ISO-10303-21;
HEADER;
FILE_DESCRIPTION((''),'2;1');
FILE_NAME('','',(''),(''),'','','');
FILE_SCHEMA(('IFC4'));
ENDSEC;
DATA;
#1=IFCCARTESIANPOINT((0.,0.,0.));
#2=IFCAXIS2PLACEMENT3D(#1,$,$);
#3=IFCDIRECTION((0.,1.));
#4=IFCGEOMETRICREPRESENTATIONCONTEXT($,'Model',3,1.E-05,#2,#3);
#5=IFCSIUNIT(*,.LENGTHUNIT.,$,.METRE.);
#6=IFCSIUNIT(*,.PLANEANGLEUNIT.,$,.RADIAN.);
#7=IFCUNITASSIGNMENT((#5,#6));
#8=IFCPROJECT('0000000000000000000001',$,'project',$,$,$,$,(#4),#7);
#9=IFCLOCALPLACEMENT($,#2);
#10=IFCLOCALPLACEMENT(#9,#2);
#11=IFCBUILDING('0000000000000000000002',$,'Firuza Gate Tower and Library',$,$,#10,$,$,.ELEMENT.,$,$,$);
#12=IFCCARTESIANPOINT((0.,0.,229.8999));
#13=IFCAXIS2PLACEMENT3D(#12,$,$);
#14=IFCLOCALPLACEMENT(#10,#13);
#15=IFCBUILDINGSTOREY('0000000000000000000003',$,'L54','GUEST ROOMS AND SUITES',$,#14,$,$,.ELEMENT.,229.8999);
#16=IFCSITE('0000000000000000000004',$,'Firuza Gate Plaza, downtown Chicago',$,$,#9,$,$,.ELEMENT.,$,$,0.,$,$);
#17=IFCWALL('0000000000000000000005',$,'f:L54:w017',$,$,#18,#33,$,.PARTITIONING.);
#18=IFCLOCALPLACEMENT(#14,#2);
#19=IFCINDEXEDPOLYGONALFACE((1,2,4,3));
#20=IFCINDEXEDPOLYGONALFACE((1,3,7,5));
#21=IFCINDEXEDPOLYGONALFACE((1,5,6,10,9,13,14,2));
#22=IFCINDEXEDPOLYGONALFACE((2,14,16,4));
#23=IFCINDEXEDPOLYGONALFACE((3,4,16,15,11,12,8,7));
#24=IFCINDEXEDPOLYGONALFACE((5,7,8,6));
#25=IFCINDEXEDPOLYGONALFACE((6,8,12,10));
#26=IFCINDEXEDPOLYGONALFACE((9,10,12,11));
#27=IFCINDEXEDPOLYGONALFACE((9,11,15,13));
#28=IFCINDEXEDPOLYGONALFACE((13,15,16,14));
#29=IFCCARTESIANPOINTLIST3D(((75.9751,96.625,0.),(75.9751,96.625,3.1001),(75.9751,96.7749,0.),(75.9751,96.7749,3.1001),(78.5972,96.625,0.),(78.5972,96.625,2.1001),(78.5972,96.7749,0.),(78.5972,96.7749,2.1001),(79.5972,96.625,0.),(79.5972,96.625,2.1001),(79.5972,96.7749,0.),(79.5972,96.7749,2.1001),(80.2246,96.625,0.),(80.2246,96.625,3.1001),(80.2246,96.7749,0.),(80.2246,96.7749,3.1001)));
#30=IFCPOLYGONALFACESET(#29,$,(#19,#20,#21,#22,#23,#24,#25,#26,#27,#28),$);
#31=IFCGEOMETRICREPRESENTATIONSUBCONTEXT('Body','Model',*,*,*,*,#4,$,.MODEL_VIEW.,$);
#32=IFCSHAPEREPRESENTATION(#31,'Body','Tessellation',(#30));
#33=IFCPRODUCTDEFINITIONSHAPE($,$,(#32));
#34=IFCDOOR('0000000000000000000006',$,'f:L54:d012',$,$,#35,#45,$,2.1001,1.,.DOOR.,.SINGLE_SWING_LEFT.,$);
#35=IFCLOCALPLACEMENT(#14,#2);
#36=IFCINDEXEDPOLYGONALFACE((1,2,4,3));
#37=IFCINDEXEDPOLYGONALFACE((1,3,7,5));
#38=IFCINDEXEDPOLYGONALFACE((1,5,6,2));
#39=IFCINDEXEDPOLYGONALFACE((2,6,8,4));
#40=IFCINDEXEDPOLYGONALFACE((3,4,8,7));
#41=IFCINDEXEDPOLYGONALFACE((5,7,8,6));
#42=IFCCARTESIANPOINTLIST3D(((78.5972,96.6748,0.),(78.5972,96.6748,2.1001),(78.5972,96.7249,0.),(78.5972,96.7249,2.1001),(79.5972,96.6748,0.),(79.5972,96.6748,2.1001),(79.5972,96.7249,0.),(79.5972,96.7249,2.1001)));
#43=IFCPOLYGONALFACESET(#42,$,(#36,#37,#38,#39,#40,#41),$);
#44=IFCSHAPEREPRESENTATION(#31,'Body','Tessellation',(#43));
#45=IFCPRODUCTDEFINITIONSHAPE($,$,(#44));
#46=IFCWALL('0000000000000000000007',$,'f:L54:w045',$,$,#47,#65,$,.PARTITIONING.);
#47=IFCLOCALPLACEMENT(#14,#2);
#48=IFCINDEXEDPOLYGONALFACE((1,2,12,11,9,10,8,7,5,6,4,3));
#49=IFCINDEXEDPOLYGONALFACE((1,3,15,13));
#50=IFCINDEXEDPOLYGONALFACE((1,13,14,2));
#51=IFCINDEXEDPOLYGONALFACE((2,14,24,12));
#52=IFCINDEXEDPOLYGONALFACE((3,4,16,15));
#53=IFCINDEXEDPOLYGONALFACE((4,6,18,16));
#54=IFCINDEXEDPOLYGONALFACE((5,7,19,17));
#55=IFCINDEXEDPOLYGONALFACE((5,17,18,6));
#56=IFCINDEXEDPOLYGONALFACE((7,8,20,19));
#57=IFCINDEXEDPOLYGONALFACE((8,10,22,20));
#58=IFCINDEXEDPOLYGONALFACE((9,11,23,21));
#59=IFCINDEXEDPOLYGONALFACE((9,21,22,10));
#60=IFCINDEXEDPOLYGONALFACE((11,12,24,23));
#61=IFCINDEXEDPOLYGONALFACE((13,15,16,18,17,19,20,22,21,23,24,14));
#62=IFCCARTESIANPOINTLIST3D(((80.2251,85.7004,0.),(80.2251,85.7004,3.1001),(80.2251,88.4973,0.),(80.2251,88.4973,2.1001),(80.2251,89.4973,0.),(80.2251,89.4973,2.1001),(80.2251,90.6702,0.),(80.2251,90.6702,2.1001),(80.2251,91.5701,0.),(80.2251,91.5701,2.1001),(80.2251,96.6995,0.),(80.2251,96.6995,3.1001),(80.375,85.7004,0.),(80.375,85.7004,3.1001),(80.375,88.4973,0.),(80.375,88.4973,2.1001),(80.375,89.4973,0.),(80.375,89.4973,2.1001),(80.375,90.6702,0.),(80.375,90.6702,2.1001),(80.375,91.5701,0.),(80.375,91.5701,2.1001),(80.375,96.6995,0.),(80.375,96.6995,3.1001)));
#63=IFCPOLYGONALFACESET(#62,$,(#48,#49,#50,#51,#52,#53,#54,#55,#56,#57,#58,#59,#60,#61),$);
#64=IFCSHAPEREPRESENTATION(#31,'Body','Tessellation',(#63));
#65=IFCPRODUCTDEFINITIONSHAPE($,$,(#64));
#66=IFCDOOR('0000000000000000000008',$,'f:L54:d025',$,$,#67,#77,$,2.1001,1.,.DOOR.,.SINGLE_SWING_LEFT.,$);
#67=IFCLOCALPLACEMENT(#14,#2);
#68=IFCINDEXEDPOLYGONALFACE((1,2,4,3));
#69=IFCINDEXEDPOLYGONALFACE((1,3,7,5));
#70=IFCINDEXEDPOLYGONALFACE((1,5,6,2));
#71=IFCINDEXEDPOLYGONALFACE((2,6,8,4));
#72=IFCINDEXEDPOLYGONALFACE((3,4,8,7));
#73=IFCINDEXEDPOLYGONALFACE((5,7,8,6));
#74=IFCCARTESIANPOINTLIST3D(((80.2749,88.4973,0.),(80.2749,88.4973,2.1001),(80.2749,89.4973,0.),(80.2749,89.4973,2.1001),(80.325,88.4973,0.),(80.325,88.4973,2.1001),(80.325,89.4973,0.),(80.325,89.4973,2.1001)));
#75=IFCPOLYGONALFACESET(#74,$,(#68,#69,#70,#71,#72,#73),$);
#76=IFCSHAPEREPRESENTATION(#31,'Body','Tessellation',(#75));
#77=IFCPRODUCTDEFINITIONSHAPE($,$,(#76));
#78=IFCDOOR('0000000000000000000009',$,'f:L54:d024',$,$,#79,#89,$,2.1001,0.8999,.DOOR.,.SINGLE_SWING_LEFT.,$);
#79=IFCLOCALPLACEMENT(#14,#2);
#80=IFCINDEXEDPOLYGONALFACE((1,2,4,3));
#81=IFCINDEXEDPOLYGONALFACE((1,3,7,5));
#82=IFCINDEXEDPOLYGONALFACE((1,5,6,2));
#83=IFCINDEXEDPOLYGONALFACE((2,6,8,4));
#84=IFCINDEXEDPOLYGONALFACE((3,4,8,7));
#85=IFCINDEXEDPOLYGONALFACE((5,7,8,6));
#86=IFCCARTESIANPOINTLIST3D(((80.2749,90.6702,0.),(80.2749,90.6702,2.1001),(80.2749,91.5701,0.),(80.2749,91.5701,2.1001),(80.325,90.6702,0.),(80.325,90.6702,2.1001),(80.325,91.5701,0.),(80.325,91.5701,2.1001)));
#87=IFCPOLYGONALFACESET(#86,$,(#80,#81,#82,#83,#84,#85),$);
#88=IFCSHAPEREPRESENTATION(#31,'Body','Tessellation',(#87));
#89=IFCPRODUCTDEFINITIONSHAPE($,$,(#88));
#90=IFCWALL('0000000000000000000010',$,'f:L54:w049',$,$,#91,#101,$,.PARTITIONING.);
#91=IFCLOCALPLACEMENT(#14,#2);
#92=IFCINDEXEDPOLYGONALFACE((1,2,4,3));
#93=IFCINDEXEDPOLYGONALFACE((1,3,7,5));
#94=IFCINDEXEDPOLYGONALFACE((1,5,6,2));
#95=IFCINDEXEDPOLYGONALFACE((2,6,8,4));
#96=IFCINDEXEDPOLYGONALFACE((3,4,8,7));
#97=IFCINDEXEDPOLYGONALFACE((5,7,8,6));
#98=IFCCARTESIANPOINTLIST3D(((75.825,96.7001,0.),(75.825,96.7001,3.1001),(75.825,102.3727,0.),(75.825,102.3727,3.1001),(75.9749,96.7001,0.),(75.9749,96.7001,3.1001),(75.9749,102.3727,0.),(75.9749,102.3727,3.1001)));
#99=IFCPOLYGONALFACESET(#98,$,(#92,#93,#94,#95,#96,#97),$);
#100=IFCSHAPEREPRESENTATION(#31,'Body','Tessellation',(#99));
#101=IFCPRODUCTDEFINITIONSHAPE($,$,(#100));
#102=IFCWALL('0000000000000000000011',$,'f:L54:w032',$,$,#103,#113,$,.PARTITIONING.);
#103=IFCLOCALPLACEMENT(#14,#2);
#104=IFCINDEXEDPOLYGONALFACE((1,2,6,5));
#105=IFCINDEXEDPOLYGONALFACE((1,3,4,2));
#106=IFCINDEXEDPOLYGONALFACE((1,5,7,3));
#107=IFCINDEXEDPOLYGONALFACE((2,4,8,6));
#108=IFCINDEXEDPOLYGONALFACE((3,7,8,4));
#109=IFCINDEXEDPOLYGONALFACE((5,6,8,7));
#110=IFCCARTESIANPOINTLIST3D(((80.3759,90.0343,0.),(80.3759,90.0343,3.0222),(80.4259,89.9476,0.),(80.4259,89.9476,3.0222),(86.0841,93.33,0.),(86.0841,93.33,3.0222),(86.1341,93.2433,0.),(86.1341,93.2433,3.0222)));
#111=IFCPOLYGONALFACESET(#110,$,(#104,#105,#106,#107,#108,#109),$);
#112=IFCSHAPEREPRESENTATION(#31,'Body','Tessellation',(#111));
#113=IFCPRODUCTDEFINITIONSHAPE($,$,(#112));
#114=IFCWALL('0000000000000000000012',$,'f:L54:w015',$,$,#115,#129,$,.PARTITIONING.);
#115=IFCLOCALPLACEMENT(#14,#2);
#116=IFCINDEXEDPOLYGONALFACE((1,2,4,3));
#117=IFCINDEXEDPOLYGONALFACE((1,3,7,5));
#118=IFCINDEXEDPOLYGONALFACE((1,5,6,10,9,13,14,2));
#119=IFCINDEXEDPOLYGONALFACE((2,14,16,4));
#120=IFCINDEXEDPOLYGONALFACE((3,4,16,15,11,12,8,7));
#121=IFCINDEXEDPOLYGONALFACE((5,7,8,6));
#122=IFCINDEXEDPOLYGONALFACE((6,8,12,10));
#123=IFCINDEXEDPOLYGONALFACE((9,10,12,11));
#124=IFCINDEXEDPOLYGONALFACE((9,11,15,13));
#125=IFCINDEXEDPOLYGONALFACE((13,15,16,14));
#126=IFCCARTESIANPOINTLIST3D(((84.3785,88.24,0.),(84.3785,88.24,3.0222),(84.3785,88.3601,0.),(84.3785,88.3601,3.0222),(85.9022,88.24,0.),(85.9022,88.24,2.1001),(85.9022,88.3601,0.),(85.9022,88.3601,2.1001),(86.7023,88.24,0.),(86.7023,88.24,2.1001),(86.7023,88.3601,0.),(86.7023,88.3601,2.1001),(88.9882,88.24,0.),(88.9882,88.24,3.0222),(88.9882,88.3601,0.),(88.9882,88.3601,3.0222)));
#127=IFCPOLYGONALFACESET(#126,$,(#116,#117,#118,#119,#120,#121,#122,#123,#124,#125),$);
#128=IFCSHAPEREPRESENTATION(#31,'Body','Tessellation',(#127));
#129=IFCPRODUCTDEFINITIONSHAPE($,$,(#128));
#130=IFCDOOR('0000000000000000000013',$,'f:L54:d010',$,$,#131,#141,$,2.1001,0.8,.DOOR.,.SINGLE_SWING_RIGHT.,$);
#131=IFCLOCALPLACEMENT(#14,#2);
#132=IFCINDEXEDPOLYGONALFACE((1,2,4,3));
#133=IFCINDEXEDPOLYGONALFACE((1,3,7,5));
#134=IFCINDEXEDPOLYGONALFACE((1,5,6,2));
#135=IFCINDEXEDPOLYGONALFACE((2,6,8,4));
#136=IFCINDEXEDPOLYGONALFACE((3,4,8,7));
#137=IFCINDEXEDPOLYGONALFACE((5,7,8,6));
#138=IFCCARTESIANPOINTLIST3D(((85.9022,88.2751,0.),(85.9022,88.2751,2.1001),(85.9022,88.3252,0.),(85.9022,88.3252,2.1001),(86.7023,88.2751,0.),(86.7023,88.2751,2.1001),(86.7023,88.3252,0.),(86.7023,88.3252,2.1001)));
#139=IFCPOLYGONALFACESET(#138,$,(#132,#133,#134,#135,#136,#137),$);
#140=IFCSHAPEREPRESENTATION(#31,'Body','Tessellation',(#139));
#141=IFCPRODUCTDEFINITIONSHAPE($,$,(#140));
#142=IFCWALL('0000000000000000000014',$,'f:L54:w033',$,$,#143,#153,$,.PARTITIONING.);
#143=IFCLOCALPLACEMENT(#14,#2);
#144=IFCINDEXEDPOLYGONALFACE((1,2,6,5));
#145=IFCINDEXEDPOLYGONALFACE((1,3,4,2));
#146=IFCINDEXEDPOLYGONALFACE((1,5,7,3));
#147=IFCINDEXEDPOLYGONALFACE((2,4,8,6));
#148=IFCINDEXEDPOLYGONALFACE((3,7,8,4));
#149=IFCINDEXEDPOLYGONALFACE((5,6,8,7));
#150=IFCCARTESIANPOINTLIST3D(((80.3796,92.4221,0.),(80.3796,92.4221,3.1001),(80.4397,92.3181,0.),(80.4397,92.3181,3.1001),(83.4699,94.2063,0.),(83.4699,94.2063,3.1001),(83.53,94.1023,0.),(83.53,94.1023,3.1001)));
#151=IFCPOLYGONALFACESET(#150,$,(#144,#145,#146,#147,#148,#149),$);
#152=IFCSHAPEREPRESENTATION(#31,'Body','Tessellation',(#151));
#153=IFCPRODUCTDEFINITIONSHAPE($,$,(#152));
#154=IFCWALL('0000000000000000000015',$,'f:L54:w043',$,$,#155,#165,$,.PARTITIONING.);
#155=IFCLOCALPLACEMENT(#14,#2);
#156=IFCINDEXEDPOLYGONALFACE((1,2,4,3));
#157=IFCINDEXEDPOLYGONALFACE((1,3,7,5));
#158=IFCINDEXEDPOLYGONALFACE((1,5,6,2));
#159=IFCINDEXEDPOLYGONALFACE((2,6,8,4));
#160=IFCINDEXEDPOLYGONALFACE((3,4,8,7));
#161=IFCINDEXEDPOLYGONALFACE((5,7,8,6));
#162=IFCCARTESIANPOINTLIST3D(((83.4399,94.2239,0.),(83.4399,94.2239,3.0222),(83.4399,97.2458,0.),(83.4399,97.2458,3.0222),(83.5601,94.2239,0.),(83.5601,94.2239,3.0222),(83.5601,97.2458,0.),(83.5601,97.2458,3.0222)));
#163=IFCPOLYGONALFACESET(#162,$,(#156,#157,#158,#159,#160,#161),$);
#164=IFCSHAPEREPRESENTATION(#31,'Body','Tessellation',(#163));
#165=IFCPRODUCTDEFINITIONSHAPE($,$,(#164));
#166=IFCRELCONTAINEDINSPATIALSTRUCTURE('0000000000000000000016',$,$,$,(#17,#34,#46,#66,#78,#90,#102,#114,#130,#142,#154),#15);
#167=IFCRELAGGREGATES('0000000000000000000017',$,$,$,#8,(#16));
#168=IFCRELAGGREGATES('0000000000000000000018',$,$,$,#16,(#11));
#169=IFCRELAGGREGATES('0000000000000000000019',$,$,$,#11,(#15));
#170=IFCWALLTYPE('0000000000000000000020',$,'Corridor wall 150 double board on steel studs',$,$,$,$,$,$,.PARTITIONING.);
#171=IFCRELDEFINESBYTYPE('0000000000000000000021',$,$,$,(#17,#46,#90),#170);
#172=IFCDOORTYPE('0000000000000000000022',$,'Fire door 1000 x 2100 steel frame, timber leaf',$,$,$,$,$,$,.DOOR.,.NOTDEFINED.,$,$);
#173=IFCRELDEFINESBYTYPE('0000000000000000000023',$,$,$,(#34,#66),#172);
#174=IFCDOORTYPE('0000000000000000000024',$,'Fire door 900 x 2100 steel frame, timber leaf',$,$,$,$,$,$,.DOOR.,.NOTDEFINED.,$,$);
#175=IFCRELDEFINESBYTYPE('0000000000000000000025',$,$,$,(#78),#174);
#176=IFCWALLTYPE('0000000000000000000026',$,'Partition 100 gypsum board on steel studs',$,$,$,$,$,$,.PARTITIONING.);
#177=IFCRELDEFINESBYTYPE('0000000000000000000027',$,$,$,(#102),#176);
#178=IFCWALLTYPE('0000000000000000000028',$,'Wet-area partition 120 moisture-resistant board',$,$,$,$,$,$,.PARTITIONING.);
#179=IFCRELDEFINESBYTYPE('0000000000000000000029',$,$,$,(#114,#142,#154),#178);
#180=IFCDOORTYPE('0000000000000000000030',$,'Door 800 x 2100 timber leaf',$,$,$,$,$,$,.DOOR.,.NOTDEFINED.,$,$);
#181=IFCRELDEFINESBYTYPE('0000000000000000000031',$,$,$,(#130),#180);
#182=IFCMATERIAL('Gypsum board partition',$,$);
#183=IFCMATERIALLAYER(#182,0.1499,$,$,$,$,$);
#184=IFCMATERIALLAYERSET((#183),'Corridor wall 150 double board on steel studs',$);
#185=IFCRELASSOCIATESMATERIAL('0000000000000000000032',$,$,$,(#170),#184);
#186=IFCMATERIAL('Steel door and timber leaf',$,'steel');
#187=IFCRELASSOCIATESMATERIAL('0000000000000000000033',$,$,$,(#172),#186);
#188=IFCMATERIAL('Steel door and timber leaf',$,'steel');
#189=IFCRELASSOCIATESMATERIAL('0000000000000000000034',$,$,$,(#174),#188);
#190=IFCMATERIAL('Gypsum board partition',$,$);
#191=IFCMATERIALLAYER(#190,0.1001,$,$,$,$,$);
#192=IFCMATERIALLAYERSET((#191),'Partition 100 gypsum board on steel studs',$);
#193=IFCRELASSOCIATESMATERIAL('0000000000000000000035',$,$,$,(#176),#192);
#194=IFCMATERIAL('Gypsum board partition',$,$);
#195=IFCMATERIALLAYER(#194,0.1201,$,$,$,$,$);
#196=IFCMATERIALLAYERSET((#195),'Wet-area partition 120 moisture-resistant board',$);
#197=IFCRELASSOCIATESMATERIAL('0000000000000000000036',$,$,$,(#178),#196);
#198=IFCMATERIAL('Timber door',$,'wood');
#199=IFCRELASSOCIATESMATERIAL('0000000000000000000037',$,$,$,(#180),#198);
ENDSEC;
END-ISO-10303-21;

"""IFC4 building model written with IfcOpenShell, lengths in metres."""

from ifc_helpers import new_model, si_unit, direction, frame, frame_2d, origin, place, context, subcontext, project, spatial, rectangle, extrude, material, layer, layer_set, type_object, element, fill, save


model = new_model("IFC4")

# Units and contexts
model_context = context("Model", 3, precision=1e-05, world=origin(), true_north=direction((0.0, 1.0)))
body_context = subcontext(model_context, "Body", "Model", "MODEL_VIEW")
ifc_project = project(units=[si_unit("LENGTHUNIT", "METRE"), si_unit("PLANEANGLEUNIT", "RADIAN")], contexts=[model_context])

# Site, building, storey
site_placement = place(None, origin())
site = spatial("IfcSite", under=ifc_project, at=site_placement, Name="Firuza Gate Plaza, downtown Chicago", CompositionType="ELEMENT", RefElevation=0.0)
building_placement = place(site_placement, origin())
building = spatial("IfcBuilding", under=site, at=building_placement, Name="Firuza Gate Tower and Library", CompositionType="ELEMENT")
storey_placement = place(building_placement, frame((0.0, 0.0, 229.8999)))
storey = spatial("IfcBuildingStorey", under=building, at=storey_placement, Name="L54", Description="GUEST ROOMS AND SUITES", CompositionType="ELEMENT", Elevation=229.8999)

# Wall, opening, door
ifc_material_1 = material(Name="Gypsum board partition")
ifc_layer_1 = layer(ifc_material_1, 0.1499)
ifc_layer_set_1 = layer_set([ifc_layer_1], Name="Corridor wall 150 double board on steel studs")
wall_type_1 = type_object("IfcWallType", Name="Corridor wall 150 double board on steel studs", PredefinedType="PARTITIONING", material=ifc_layer_set_1)
wall_1_placement = place(storey_placement, frame((75.9751, 96.7, 0.0), z_axis=(0.0, 0.0, 1.0), x_axis=(1.0, 0.0, 0.0)))
wall_1 = element("IfcWall", 1, at=wall_1_placement, inside=storey, type_object=wall_type_1, Name="f:L54:w017", PredefinedType="PARTITIONING", context=body_context, shape_type="SweptSolid", body=[
    extrude(rectangle(XDim=4.2495, YDim=0.1499, at=frame_2d((2.1248, 0.0))), origin(), (0.0, 0.0, 1.0), 3.1001),
])
opening_1_placement = place(wall_1_placement, frame((2.6221, 0.0, 0.0)))
opening_1 = element("IfcOpeningElement", 2, at=opening_1_placement, cuts=wall_1, PredefinedType="OPENING", context=body_context, shape_type="SweptSolid", body=[
    extrude(rectangle(XDim=1.0, YDim=2.1001, at=frame_2d((0.5, 1.05))), frame((0.0, 0.085, 0.0), z_axis=(0.0, -1.0, 0.0), x_axis=(1.0, 0.0, 0.0)), (0.0, 0.0, 1.0), 0.1699),
])
ifc_material_2 = material(Name="Steel door and timber leaf", Category="steel")
door_type_1 = type_object("IfcDoorType", Name="Fire door 1000 x 2100 steel frame, timber leaf", OperationType="NOTDEFINED", PredefinedType="DOOR", material=ifc_material_2)
door_1_placement = place(opening_1_placement, origin())
door_1 = element("IfcDoor", 3, at=door_1_placement, inside=storey, type_object=door_type_1, Name="f:L54:d012", OperationType="SINGLE_SWING_LEFT", OverallHeight=2.1001, OverallWidth=1.0, PredefinedType="DOOR", context=body_context, shape_type="SweptSolid", body=[
    extrude(rectangle(XDim=1.0, YDim=2.1001, at=frame_2d((0.5, 1.05))), frame((0.0, 0.0249, 0.0), z_axis=(0.0, -1.0, 0.0), x_axis=(1.0, 0.0, 0.0)), (0.0, 0.0, 1.0), 0.05),
])
fill(opening_1, door_1)

# Wall, openings, doors
wall_2_placement = place(storey_placement, frame((80.3, 96.6995, 0.0), z_axis=(0.0, 0.0, 1.0), x_axis=(0.0, -1.0, 0.0)))
wall_2 = element("IfcWall", 4, at=wall_2_placement, inside=storey, type_object=wall_type_1, Name="f:L54:w045", PredefinedType="PARTITIONING", context=body_context, shape_type="SweptSolid", body=[
    extrude(rectangle(XDim=10.999, YDim=0.1499, at=frame_2d((5.4995, 0.0))), origin(), (0.0, 0.0, 1.0), 3.1001),
])
opening_2_placement = place(wall_2_placement, frame((5.1294, 0.0, 0.0)))
opening_2 = element("IfcOpeningElement", 5, at=opening_2_placement, cuts=wall_2, PredefinedType="OPENING", context=body_context, shape_type="SweptSolid", body=[
    extrude(rectangle(XDim=0.8999, YDim=2.1001, at=frame_2d((0.45, 1.05))), frame((0.0, 0.085, 0.0), z_axis=(0.0, -1.0, 0.0), x_axis=(1.0, 0.0, 0.0)), (0.0, 0.0, 1.0), 0.1699),
])
opening_3_placement = place(wall_2_placement, frame((7.2021, 0.0, 0.0)))
opening_3 = element("IfcOpeningElement", 6, at=opening_3_placement, cuts=wall_2, PredefinedType="OPENING", context=body_context, shape_type="SweptSolid", body=[
    extrude(rectangle(XDim=1.0, YDim=2.1001, at=frame_2d((0.5, 1.05))), frame((0.0, 0.085, 0.0), z_axis=(0.0, -1.0, 0.0), x_axis=(1.0, 0.0, 0.0)), (0.0, 0.0, 1.0), 0.1699),
])
door_2_placement = place(opening_3_placement, origin())
door_2 = element("IfcDoor", 7, at=door_2_placement, inside=storey, type_object=door_type_1, Name="f:L54:d025", OperationType="SINGLE_SWING_LEFT", OverallHeight=2.1001, OverallWidth=1.0, PredefinedType="DOOR", context=body_context, shape_type="SweptSolid", body=[
    extrude(rectangle(XDim=1.0, YDim=2.1001, at=frame_2d((0.5, 1.05))), frame((0.0, 0.0249, 0.0), z_axis=(0.0, -1.0, 0.0), x_axis=(1.0, 0.0, 0.0)), (0.0, 0.0, 1.0), 0.05),
])
fill(opening_3, door_2)
ifc_material_3 = material(Name="Steel door and timber leaf", Category="steel")
door_type_2 = type_object("IfcDoorType", Name="Fire door 900 x 2100 steel frame, timber leaf", OperationType="NOTDEFINED", PredefinedType="DOOR", material=ifc_material_3)
door_3_placement = place(opening_2_placement, origin())
door_3 = element("IfcDoor", 8, at=door_3_placement, inside=storey, type_object=door_type_2, Name="f:L54:d024", OperationType="SINGLE_SWING_LEFT", OverallHeight=2.1001, OverallWidth=0.8999, PredefinedType="DOOR", context=body_context, shape_type="SweptSolid", body=[
    extrude(rectangle(XDim=0.8999, YDim=2.1001, at=frame_2d((0.45, 1.05))), frame((0.0, 0.0249, 0.0), z_axis=(0.0, -1.0, 0.0), x_axis=(1.0, 0.0, 0.0)), (0.0, 0.0, 1.0), 0.05),
])
fill(opening_2, door_3)

# Walls
wall_3_placement = place(storey_placement, frame((75.8999, 96.7, 0.0), z_axis=(0.0, 0.0, 1.0), x_axis=(0.0, 1.0, 0.0)))
element("IfcWall", 9, at=wall_3_placement, inside=storey, type_object=wall_type_1, Name="f:L54:w049", PredefinedType="PARTITIONING", context=body_context, shape_type="SweptSolid", body=[
    extrude(rectangle(XDim=5.6726, YDim=0.1499, at=frame_2d((2.8364, 0.0))), origin(), (0.0, 0.0, 1.0), 3.1001),
])
ifc_material_4 = material(Name="Gypsum board partition")
ifc_layer_2 = layer(ifc_material_4, 0.1001)
ifc_layer_set_2 = layer_set([ifc_layer_2], Name="Partition 100 gypsum board on steel studs")
wall_type_2 = type_object("IfcWallType", Name="Partition 100 gypsum board on steel studs", PredefinedType="PARTITIONING", material=ifc_layer_set_2)
wall_4_placement = place(storey_placement, frame((80.4009, 89.991, 0.0), z_axis=(0.0, 0.0, 1.0), x_axis=(0.866026, 0.499999, 0.0)))
element("IfcWall", 10, at=wall_4_placement, inside=storey, type_object=wall_type_2, Name="f:L54:w032", PredefinedType="PARTITIONING", context=body_context, shape_type="SweptSolid", body=[
    extrude(rectangle(XDim=6.5913, YDim=0.1001, at=frame_2d((3.2957, 0.0))), origin(), (0.0, 0.0, 1.0), 3.0222),
])

# Wall, opening, door
ifc_material_5 = material(Name="Gypsum board partition")
ifc_layer_3 = layer(ifc_material_5, 0.1201)
ifc_layer_set_3 = layer_set([ifc_layer_3], Name="Wet-area partition 120 moisture-resistant board")
wall_type_3 = type_object("IfcWallType", Name="Wet-area partition 120 moisture-resistant board", PredefinedType="PARTITIONING", material=ifc_layer_set_3)
wall_5_placement = place(storey_placement, frame((88.988, 88.3, 0.0), z_axis=(0.0, 0.0, 1.0), x_axis=(-1.0, 0.0, 0.0)))
wall_5 = element("IfcWall", 11, at=wall_5_placement, inside=storey, type_object=wall_type_3, Name="f:L54:w015", PredefinedType="PARTITIONING", context=body_context, shape_type="SweptSolid", body=[
    extrude(rectangle(XDim=4.6096, YDim=0.1201, at=frame_2d((2.3047, 0.0))), origin(), (0.0, 0.0, 1.0), 3.0222),
])
opening_4_placement = place(wall_5_placement, frame((2.2859, 0.0, 0.0)))
opening_4 = element("IfcOpeningElement", 12, at=opening_4_placement, cuts=wall_5, PredefinedType="OPENING", context=body_context, shape_type="SweptSolid", body=[
    extrude(rectangle(XDim=0.8, YDim=2.1001, at=frame_2d((0.3999, 1.05))), frame((0.0, 0.0701, 0.0), z_axis=(0.0, -1.0, 0.0), x_axis=(1.0, 0.0, 0.0)), (0.0, 0.0, 1.0), 0.1401),
])
ifc_material_6 = material(Name="Timber door", Category="wood")
door_type_3 = type_object("IfcDoorType", Name="Door 800 x 2100 timber leaf", OperationType="NOTDEFINED", PredefinedType="DOOR", material=ifc_material_6)
door_4_placement = place(opening_4_placement, origin())
door_4 = element("IfcDoor", 13, at=door_4_placement, inside=storey, type_object=door_type_3, Name="f:L54:d010", OperationType="SINGLE_SWING_RIGHT", OverallHeight=2.1001, OverallWidth=0.8, PredefinedType="DOOR", context=body_context, shape_type="SweptSolid", body=[
    extrude(rectangle(XDim=0.8, YDim=2.1001, at=frame_2d((0.3999, 1.05))), frame((0.0, 0.0249, 0.0), z_axis=(0.0, -1.0, 0.0), x_axis=(1.0, 0.0, 0.0)), (0.0, 0.0, 1.0), 0.05),
])
fill(opening_4, door_4)

# Walls
wall_6_placement = place(storey_placement, frame((80.4097, 92.3701, 0.0), z_axis=(0.0, 0.0, 1.0), x_axis=(0.866028, 0.499995, 0.0)))
element("IfcWall", 14, at=wall_6_placement, inside=storey, type_object=wall_type_3, Name="f:L54:w033", PredefinedType="PARTITIONING", context=body_context, shape_type="SweptSolid", body=[
    extrude(rectangle(XDim=3.5684, YDim=0.1201, at=frame_2d((1.7842, 0.0))), origin(), (0.0, 0.0, 1.0), 3.1001),
])
wall_7_placement = place(storey_placement, frame((83.5, 94.2239, 0.0), z_axis=(0.0, 0.0, 1.0), x_axis=(0.0, 1.0, 0.0)))
element("IfcWall", 15, at=wall_7_placement, inside=storey, type_object=wall_type_3, Name="f:L54:w043", PredefinedType="PARTITIONING", context=body_context, shape_type="SweptSolid", body=[
    extrude(rectangle(XDim=3.022, YDim=0.1201, at=frame_2d((1.511, 0.0))), origin(), (0.0, 0.0, 1.0), 3.0222),
])

save(model, "model.ifc")
